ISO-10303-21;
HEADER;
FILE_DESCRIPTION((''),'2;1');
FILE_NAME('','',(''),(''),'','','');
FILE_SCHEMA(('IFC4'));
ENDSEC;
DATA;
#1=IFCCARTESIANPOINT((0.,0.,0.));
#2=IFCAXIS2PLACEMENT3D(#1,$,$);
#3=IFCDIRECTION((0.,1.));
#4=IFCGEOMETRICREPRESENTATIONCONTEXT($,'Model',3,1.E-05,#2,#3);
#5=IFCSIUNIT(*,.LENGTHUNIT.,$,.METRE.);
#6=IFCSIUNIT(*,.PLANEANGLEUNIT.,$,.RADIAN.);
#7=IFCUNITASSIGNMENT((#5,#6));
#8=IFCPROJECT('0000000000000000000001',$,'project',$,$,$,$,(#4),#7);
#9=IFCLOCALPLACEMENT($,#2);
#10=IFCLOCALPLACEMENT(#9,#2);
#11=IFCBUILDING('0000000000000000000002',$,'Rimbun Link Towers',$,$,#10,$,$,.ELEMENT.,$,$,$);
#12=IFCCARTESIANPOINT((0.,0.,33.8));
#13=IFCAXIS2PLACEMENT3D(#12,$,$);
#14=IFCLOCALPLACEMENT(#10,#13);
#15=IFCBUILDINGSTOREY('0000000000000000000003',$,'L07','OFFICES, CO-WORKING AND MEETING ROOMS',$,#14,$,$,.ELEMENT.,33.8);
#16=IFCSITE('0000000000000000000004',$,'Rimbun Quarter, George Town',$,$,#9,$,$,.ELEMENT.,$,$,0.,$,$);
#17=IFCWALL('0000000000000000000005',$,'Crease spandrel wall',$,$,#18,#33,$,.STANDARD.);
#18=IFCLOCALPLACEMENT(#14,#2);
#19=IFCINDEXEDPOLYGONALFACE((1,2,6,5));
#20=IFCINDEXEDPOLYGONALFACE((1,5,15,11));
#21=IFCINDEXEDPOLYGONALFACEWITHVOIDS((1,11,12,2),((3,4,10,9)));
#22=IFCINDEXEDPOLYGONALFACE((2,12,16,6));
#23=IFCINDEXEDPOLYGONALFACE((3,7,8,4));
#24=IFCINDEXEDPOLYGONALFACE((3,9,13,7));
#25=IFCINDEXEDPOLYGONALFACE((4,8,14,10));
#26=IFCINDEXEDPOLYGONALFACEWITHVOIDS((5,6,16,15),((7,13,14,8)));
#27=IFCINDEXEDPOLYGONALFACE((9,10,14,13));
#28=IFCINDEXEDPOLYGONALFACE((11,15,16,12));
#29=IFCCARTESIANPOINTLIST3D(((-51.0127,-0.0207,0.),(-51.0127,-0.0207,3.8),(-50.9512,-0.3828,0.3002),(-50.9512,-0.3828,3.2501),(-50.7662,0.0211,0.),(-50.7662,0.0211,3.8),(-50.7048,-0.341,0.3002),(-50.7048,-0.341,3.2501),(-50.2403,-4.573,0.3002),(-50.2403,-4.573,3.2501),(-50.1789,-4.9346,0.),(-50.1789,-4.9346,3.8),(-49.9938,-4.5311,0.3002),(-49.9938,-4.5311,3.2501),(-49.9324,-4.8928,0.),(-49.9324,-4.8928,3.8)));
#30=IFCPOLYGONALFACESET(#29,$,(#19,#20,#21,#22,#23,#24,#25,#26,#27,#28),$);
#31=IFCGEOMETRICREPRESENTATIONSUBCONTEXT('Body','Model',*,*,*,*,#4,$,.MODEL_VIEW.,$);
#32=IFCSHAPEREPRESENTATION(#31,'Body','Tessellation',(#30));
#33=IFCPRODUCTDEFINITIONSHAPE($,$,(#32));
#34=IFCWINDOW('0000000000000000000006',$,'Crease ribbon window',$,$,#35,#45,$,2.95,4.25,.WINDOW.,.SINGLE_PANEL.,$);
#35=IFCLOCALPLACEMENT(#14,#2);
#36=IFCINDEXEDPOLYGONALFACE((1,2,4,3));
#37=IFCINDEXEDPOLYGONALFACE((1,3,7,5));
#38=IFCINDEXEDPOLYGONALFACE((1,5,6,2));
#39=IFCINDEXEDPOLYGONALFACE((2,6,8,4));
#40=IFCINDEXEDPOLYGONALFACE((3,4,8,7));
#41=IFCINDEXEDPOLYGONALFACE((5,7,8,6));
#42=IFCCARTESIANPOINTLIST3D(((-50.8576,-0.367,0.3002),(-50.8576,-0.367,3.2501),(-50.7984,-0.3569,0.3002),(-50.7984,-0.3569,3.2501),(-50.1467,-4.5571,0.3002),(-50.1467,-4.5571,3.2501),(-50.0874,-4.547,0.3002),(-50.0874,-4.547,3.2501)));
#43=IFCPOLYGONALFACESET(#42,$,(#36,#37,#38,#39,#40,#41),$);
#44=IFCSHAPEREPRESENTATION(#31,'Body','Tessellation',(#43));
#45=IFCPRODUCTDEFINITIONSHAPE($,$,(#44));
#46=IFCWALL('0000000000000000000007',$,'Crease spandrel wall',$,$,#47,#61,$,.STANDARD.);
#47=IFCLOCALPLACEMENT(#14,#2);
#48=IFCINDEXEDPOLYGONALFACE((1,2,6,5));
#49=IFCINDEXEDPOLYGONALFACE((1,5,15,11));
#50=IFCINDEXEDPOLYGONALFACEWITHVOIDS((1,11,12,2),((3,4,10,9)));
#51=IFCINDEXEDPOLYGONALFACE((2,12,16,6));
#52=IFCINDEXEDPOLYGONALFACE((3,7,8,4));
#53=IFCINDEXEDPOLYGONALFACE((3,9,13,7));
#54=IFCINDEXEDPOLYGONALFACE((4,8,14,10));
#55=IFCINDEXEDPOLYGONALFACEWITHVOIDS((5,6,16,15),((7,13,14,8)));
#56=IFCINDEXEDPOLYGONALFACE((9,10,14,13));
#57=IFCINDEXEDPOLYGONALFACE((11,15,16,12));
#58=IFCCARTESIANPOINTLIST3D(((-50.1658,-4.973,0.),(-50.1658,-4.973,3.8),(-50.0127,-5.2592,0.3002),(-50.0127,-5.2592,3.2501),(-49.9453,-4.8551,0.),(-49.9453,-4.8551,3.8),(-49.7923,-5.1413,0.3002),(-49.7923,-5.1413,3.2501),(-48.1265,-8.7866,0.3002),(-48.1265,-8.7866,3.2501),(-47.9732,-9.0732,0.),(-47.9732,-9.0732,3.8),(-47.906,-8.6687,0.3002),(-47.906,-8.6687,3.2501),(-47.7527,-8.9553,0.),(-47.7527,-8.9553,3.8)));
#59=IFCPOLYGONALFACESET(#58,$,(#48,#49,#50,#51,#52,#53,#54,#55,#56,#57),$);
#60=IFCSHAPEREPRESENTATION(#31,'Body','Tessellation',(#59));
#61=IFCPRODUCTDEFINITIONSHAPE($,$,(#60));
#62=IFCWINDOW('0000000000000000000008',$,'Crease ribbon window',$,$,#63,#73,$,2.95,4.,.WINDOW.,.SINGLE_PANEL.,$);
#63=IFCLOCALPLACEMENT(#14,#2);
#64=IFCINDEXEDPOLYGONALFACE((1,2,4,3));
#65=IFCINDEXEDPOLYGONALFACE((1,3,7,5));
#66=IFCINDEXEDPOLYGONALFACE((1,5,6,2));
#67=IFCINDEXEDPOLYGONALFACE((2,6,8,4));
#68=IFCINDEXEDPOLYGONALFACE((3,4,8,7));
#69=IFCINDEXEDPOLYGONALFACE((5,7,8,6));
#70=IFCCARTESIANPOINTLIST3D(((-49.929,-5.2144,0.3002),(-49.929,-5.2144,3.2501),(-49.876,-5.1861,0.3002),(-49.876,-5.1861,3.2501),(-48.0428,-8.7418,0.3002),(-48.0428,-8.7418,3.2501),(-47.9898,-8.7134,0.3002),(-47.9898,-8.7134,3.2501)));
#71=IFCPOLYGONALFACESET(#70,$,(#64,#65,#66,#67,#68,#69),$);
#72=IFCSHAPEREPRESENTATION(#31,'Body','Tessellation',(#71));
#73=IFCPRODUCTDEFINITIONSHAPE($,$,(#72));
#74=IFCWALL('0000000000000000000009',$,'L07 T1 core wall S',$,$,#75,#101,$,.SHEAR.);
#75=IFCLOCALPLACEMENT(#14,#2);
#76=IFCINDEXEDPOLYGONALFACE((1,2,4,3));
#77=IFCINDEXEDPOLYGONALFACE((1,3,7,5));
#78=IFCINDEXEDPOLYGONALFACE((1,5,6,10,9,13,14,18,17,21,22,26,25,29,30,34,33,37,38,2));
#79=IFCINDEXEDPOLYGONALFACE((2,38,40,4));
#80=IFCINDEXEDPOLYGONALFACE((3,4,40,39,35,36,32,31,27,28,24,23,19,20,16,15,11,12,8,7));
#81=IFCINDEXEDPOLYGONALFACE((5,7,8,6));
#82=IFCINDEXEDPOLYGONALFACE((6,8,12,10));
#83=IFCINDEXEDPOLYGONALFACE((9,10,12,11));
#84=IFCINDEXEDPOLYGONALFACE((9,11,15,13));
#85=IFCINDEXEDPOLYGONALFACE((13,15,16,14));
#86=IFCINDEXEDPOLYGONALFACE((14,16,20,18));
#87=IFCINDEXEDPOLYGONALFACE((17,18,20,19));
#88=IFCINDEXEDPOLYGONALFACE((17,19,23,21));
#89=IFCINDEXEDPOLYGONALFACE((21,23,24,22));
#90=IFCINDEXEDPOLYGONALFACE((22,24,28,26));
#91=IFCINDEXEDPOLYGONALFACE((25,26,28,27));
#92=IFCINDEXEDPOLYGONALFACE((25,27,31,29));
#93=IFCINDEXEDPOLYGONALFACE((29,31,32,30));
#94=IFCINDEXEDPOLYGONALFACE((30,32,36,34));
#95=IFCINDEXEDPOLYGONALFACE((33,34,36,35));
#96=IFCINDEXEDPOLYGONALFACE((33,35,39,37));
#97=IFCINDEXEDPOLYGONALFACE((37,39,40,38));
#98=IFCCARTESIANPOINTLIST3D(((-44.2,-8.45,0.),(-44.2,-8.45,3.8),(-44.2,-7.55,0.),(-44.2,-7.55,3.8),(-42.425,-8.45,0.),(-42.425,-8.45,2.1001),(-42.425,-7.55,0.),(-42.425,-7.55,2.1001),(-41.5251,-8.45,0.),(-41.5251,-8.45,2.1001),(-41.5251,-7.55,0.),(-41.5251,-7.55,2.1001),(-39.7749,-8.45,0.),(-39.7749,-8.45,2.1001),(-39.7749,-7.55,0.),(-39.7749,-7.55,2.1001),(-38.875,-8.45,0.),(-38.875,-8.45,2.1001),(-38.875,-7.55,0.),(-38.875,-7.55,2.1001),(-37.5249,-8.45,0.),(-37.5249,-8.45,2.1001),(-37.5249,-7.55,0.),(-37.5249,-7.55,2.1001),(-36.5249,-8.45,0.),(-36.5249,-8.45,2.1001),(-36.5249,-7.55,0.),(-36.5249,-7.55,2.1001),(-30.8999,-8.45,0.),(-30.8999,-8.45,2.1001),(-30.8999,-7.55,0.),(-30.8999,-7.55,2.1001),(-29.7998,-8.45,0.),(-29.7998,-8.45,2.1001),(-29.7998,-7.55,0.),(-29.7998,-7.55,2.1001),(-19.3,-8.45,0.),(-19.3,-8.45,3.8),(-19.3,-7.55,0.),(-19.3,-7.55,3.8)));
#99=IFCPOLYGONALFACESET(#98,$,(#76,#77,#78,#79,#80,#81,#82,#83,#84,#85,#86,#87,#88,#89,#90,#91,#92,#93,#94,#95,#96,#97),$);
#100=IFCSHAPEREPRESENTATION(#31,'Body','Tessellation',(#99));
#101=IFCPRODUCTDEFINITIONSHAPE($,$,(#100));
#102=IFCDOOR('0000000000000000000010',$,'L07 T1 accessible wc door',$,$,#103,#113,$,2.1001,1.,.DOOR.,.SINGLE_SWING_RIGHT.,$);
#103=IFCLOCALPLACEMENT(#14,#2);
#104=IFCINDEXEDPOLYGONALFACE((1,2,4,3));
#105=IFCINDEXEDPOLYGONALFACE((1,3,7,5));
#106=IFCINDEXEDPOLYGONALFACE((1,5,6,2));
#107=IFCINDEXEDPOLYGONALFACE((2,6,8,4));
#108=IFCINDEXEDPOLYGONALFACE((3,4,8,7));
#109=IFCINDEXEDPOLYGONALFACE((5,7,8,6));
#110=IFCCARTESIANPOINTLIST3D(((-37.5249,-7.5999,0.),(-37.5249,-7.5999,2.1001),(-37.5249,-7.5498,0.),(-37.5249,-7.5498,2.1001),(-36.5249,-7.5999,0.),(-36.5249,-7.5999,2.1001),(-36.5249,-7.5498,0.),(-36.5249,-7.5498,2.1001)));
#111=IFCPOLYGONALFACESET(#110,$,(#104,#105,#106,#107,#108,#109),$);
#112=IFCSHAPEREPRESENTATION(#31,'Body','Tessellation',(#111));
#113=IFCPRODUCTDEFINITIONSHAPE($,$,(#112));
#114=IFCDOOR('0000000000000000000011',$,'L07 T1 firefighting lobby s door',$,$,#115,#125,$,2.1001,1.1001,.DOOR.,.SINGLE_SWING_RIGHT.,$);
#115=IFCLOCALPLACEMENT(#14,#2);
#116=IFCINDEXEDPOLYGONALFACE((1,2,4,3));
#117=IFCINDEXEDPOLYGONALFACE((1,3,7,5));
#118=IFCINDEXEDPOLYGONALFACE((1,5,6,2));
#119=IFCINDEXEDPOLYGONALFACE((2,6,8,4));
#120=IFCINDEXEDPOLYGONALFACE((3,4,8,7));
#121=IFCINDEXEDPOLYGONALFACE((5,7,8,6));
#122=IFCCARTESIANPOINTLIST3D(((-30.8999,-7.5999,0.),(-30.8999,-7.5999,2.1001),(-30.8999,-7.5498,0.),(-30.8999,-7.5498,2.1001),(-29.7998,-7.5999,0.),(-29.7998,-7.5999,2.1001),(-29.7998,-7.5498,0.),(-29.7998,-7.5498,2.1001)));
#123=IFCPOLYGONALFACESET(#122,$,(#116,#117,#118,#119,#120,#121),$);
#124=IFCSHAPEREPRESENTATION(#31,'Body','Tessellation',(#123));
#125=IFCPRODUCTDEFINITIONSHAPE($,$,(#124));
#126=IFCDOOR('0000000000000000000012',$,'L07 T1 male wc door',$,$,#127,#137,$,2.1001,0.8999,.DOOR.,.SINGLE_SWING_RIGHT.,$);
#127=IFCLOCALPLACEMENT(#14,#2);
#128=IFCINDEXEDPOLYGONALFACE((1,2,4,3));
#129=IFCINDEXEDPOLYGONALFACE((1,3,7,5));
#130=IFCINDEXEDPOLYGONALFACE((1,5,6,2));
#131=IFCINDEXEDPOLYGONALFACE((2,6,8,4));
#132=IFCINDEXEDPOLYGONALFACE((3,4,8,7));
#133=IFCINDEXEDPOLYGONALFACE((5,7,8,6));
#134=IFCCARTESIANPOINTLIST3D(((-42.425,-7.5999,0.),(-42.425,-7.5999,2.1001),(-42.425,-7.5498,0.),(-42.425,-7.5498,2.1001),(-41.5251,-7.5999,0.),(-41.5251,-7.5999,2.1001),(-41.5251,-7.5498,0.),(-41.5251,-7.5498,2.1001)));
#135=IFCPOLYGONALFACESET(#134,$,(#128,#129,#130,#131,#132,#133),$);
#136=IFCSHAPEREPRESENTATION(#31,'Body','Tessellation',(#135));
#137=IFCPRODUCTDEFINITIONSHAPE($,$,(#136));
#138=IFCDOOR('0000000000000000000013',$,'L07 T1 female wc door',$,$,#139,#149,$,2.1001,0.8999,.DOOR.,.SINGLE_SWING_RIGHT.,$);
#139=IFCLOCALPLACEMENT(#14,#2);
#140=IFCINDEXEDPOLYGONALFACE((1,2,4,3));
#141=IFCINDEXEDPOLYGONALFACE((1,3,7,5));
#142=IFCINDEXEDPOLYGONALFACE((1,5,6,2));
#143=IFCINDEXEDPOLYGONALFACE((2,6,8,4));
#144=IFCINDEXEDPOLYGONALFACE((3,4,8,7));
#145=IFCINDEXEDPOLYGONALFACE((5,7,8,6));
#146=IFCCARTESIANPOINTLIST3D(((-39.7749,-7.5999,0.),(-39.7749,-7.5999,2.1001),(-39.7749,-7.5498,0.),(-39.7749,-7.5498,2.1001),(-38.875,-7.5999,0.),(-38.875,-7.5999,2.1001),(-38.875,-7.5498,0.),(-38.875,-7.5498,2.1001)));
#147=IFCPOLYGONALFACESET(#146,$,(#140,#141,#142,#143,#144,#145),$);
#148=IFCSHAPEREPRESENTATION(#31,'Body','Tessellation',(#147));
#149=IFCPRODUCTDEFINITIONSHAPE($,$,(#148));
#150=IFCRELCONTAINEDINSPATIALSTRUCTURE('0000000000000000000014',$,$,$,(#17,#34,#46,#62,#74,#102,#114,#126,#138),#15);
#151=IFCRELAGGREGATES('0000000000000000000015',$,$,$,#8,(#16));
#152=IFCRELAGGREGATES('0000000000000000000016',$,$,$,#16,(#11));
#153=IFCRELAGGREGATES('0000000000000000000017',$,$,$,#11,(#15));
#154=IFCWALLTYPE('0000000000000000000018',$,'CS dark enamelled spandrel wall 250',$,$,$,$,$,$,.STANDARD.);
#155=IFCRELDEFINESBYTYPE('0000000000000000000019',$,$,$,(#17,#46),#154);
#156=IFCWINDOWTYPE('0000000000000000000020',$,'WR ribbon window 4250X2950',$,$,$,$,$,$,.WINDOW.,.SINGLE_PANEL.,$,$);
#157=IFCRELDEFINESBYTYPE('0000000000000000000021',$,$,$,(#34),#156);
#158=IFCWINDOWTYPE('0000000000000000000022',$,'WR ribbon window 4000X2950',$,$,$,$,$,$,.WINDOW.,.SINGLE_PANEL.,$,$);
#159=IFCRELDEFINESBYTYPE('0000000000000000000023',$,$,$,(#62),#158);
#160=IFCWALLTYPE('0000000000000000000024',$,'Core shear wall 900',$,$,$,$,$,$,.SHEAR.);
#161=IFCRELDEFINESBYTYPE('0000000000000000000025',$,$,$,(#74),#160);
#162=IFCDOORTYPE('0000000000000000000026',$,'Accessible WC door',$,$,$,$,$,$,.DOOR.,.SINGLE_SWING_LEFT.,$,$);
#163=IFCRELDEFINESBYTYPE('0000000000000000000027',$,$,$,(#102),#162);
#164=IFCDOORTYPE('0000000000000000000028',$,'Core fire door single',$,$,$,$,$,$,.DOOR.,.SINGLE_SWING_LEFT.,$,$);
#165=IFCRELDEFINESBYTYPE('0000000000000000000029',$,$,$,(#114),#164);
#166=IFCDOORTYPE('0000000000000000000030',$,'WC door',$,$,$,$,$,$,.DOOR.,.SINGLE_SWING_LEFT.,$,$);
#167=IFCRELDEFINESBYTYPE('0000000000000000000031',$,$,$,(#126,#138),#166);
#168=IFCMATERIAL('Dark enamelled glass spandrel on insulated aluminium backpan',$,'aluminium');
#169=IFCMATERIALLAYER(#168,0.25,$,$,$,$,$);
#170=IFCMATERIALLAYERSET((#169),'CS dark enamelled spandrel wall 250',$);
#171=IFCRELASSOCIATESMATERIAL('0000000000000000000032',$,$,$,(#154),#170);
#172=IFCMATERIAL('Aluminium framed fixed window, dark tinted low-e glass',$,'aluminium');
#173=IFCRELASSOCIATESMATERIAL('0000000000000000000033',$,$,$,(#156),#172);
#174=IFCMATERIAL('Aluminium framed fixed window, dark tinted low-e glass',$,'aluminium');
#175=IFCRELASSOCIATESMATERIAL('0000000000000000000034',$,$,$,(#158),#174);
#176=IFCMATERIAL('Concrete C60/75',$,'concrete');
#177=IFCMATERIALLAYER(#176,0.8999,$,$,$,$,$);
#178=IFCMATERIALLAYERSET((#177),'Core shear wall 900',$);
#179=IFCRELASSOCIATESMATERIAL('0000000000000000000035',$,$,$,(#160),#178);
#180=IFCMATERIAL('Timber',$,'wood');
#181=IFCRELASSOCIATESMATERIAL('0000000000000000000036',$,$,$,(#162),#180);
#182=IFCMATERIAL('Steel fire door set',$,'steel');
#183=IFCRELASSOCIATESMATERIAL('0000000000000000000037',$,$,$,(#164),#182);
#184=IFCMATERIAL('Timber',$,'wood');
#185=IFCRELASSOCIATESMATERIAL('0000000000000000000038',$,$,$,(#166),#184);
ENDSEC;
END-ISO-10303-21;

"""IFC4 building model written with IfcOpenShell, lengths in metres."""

from ifc_helpers import new_model, si_unit, direction, frame, frame_2d, origin, place, context, subcontext, project, spatial, rectangle, extrude, material, layer, layer_set, type_object, element, fill, save


model = new_model("IFC4")

# Units and contexts
model_context = context("Model", 3, precision=1e-05, world=origin(), true_north=direction((0.0, 1.0)))
body_context = subcontext(model_context, "Body", "Model", "MODEL_VIEW")
ifc_project = project(units=[si_unit("LENGTHUNIT", "METRE"), si_unit("PLANEANGLEUNIT", "RADIAN")], contexts=[model_context])

# Site, building, storey
site_placement = place(None, origin())
site = spatial("IfcSite", under=ifc_project, at=site_placement, Name="Rimbun Quarter, George Town", CompositionType="ELEMENT", RefElevation=0.0)
building_placement = place(site_placement, origin())
building = spatial("IfcBuilding", under=site, at=building_placement, Name="Rimbun Link Towers", CompositionType="ELEMENT")
storey_placement = place(building_placement, frame((0.0, 0.0, 33.8)))
storey = spatial("IfcBuildingStorey", under=building, at=storey_placement, Name="L07", Description="OFFICES, CO-WORKING AND MEETING ROOMS", CompositionType="ELEMENT", Elevation=33.8)

# Walls, openings, windows
ifc_material_1 = material(Name="Dark enamelled glass spandrel on insulated aluminium backpan", Category="aluminium")
ifc_layer_1 = layer(ifc_material_1, 0.25)
ifc_layer_set_1 = layer_set([ifc_layer_1], Name="CS dark enamelled spandrel wall 250")
wall_type_1 = type_object("IfcWallType", Name="CS dark enamelled spandrel wall 250", PredefinedType="STANDARD", material=ifc_layer_set_1)
ifc_material_2 = material(Name="Aluminium framed fixed window, dark tinted low-e glass", Category="aluminium")
window_type_1 = type_object("IfcWindowType", Name="WR ribbon window 4250X2950", PartitioningType="SINGLE_PANEL", PredefinedType="WINDOW", material=ifc_material_2)
wall_1_placement = place(storey_placement, frame((-50.0557, -4.9138, 0.0), z_axis=(0.0, 0.0, 1.0), x_axis=(-0.167282, 0.985909, 0.0)))
wall_1 = element("IfcWall", 1, at=wall_1_placement, inside=storey, type_object=wall_type_1, Name="Crease spandrel wall", PredefinedType="STANDARD", context=body_context, shape_type="SweptSolid", body=[
    extrude(rectangle(XDim=4.9841, YDim=0.25, at=frame_2d((2.4922, 0.0))), origin(), (0.0, 0.0, 1.0), 3.8),
])
opening_1_placement = place(wall_1_placement, frame((0.3669, 0.0, 0.3)))
opening_1 = element("IfcOpeningElement", 2, at=opening_1_placement, cuts=wall_1, PredefinedType="OPENING", context=body_context, shape_type="SweptSolid", body=[
    extrude(rectangle(XDim=4.25, YDim=2.95, at=frame_2d((2.125, 1.4751))), frame((0.0, 0.135, 0.0), z_axis=(0.0, -1.0, 0.0), x_axis=(1.0, 0.0, 0.0)), (0.0, 0.0, 1.0), 0.27),
])
window_1_placement = place(opening_1_placement, origin())
window_1 = element("IfcWindow", 3, at=window_1_placement, inside=storey, type_object=window_type_1, Name="Crease ribbon window", OverallHeight=2.95, OverallWidth=4.25, PartitioningType="SINGLE_PANEL", PredefinedType="WINDOW", context=body_context, shape_type="SweptSolid", body=[
    extrude(rectangle(XDim=4.25, YDim=2.95, at=frame_2d((2.125, 1.4751))), frame((0.0, 0.03, 0.0), z_axis=(0.0, -1.0, 0.0), x_axis=(1.0, 0.0, 0.0)), (0.0, 0.0, 1.0), 0.0601),
])
fill(opening_1, window_1)
wall_2_placement = place(storey_placement, frame((-47.863, -9.0142, 0.0), z_axis=(0.0, 0.0, 1.0), x_axis=(-0.471555, 0.881836, 0.0)))
wall_2 = element("IfcWall", 4, at=wall_2_placement, inside=storey, type_object=wall_type_1, Name="Crease spandrel wall", PredefinedType="STANDARD", context=body_context, shape_type="SweptSolid", body=[
    extrude(rectangle(XDim=4.6497, YDim=0.25, at=frame_2d((2.3247, 0.0))), origin(), (0.0, 0.0, 1.0), 3.8),
])
opening_2_placement = place(wall_2_placement, frame((0.325, 0.0, 0.3)))
opening_2 = element("IfcOpeningElement", 5, at=opening_2_placement, cuts=wall_2, PredefinedType="OPENING", context=body_context, shape_type="SweptSolid", body=[
    extrude(rectangle(XDim=4.0, YDim=2.95, at=frame_2d((2.0, 1.4751))), frame((0.0, 0.135, 0.0), z_axis=(0.0, -1.0, 0.0), x_axis=(1.0, 0.0, 0.0)), (0.0, 0.0, 1.0), 0.27),
])
ifc_material_3 = material(Name="Aluminium framed fixed window, dark tinted low-e glass", Category="aluminium")
window_type_2 = type_object("IfcWindowType", Name="WR ribbon window 4000X2950", PartitioningType="SINGLE_PANEL", PredefinedType="WINDOW", material=ifc_material_3)
window_2_placement = place(opening_2_placement, origin())
window_2 = element("IfcWindow", 6, at=window_2_placement, inside=storey, type_object=window_type_2, Name="Crease ribbon window", OverallHeight=2.95, OverallWidth=4.0, PartitioningType="SINGLE_PANEL", PredefinedType="WINDOW", context=body_context, shape_type="SweptSolid", body=[
    extrude(rectangle(XDim=4.0, YDim=2.95, at=frame_2d((2.0, 1.4751))), frame((0.0, 0.03, 0.0), z_axis=(0.0, -1.0, 0.0), x_axis=(1.0, 0.0, 0.0)), (0.0, 0.0, 1.0), 0.0601),
])
fill(opening_2, window_2)

# Wall, openings, doors
ifc_material_4 = material(Name="Concrete C60/75", Category="concrete")
ifc_layer_2 = layer(ifc_material_4, 0.8999)
ifc_layer_set_2 = layer_set([ifc_layer_2], Name="Core shear wall 900")
wall_type_2 = type_object("IfcWallType", Name="Core shear wall 900", PredefinedType="SHEAR", material=ifc_layer_set_2)
wall_3_placement = place(storey_placement, frame((-44.2, -8.0, 0.0), z_axis=(0.0, 0.0, 1.0), x_axis=(1.0, 0.0, 0.0)))
wall_3 = element("IfcWall", 7, at=wall_3_placement, inside=storey, type_object=wall_type_2, Name="L07 T1 core wall S", PredefinedType="SHEAR", context=body_context, shape_type="SweptSolid", body=[
    extrude(rectangle(XDim=24.8999, YDim=0.8999, at=frame_2d((12.45, 0.0))), origin(), (0.0, 0.0, 1.0), 3.8),
])
opening_3_placement = place(wall_3_placement, frame((13.3, 0.0, 0.0)))
opening_3 = element("IfcOpeningElement", 8, at=opening_3_placement, cuts=wall_3, PredefinedType="OPENING", context=body_context, shape_type="SweptSolid", body=[
    extrude(rectangle(XDim=1.1001, YDim=2.1001, at=frame_2d((0.55, 1.05))), frame((0.0, 0.46, 0.0), z_axis=(0.0, -1.0, 0.0), x_axis=(1.0, 0.0, 0.0)), (0.0, 0.0, 1.0), 0.9199),
])
opening_4_placement = place(wall_3_placement, frame((1.7749, 0.0, 0.0)))
opening_4 = element("IfcOpeningElement", 9, at=opening_4_placement, cuts=wall_3, PredefinedType="OPENING", context=body_context, shape_type="SweptSolid", body=[
    extrude(rectangle(XDim=0.8999, YDim=2.1001, at=frame_2d((0.45, 1.05))), frame((0.0, 0.46, 0.0), z_axis=(0.0, -1.0, 0.0), x_axis=(1.0, 0.0, 0.0)), (0.0, 0.0, 1.0), 0.9199),
])
opening_5_placement = place(wall_3_placement, frame((4.425, 0.0, 0.0)))
opening_5 = element("IfcOpeningElement", 10, at=opening_5_placement, cuts=wall_3, PredefinedType="OPENING", context=body_context, shape_type="SweptSolid", body=[
    extrude(rectangle(XDim=0.8999, YDim=2.1001, at=frame_2d((0.45, 1.05))), frame((0.0, 0.46, 0.0), z_axis=(0.0, -1.0, 0.0), x_axis=(1.0, 0.0, 0.0)), (0.0, 0.0, 1.0), 0.9199),
])
opening_6_placement = place(wall_3_placement, frame((6.675, 0.0, 0.0)))
opening_6 = element("IfcOpeningElement", 11, at=opening_6_placement, cuts=wall_3, PredefinedType="OPENING", context=body_context, shape_type="SweptSolid", body=[
    extrude(rectangle(XDim=1.0, YDim=2.1001, at=frame_2d((0.5, 1.05))), frame((0.0, 0.46, 0.0), z_axis=(0.0, -1.0, 0.0), x_axis=(1.0, 0.0, 0.0)), (0.0, 0.0, 1.0), 0.9199),
])
ifc_material_5 = material(Name="Timber", Category="wood")
door_type_1 = type_object("IfcDoorType", Name="Accessible WC door", OperationType="SINGLE_SWING_LEFT", PredefinedType="DOOR", material=ifc_material_5)
door_1_placement = place(opening_6_placement, origin())
door_1 = element("IfcDoor", 12, at=door_1_placement, inside=storey, type_object=door_type_1, Name="L07 T1 accessible wc door", OperationType="SINGLE_SWING_RIGHT", OverallHeight=2.1001, OverallWidth=1.0, PredefinedType="DOOR", context=body_context, shape_type="SweptSolid", body=[
    extrude(rectangle(XDim=1.0, YDim=2.1001, at=frame_2d((0.5, 1.05))), frame((0.0, 0.4502, 0.0), z_axis=(0.0, -1.0, 0.0), x_axis=(1.0, 0.0, 0.0)), (0.0, 0.0, 1.0), 0.05),
])
fill(opening_6, door_1)
ifc_material_6 = material(Name="Steel fire door set", Category="steel")
door_type_2 = type_object("IfcDoorType", Name="Core fire door single", OperationType="SINGLE_SWING_LEFT", PredefinedType="DOOR", material=ifc_material_6)
door_2_placement = place(opening_3_placement, origin())
door_2 = element("IfcDoor", 13, at=door_2_placement, inside=storey, type_object=door_type_2, Name="L07 T1 firefighting lobby s door", OperationType="SINGLE_SWING_RIGHT", OverallHeight=2.1001, OverallWidth=1.1001, PredefinedType="DOOR", context=body_context, shape_type="SweptSolid", body=[
    extrude(rectangle(XDim=1.1001, YDim=2.1001, at=frame_2d((0.55, 1.05))), frame((0.0, 0.4502, 0.0), z_axis=(0.0, -1.0, 0.0), x_axis=(1.0, 0.0, 0.0)), (0.0, 0.0, 1.0), 0.05),
])
fill(opening_3, door_2)
ifc_material_7 = material(Name="Timber", Category="wood")
door_type_3 = type_object("IfcDoorType", Name="WC door", OperationType="SINGLE_SWING_LEFT", PredefinedType="DOOR", material=ifc_material_7)
door_3_placement = place(opening_4_placement, origin())
door_3 = element("IfcDoor", 14, at=door_3_placement, inside=storey, type_object=door_type_3, Name="L07 T1 male wc door", OperationType="SINGLE_SWING_RIGHT", OverallHeight=2.1001, OverallWidth=0.8999, PredefinedType="DOOR", context=body_context, shape_type="SweptSolid", body=[
    extrude(rectangle(XDim=0.8999, YDim=2.1001, at=frame_2d((0.45, 1.05))), frame((0.0, 0.4502, 0.0), z_axis=(0.0, -1.0, 0.0), x_axis=(1.0, 0.0, 0.0)), (0.0, 0.0, 1.0), 0.05),
])
fill(opening_4, door_3)
door_4_placement = place(opening_5_placement, origin())
door_4 = element("IfcDoor", 15, at=door_4_placement, inside=storey, type_object=door_type_3, Name="L07 T1 female wc door", OperationType="SINGLE_SWING_RIGHT", OverallHeight=2.1001, OverallWidth=0.8999, PredefinedType="DOOR", context=body_context, shape_type="SweptSolid", body=[
    extrude(rectangle(XDim=0.8999, YDim=2.1001, at=frame_2d((0.45, 1.05))), frame((0.0, 0.4502, 0.0), z_axis=(0.0, -1.0, 0.0), x_axis=(1.0, 0.0, 0.0)), (0.0, 0.0, 1.0), 0.05),
])
fill(opening_5, door_4)

save(model, "model.ifc")
